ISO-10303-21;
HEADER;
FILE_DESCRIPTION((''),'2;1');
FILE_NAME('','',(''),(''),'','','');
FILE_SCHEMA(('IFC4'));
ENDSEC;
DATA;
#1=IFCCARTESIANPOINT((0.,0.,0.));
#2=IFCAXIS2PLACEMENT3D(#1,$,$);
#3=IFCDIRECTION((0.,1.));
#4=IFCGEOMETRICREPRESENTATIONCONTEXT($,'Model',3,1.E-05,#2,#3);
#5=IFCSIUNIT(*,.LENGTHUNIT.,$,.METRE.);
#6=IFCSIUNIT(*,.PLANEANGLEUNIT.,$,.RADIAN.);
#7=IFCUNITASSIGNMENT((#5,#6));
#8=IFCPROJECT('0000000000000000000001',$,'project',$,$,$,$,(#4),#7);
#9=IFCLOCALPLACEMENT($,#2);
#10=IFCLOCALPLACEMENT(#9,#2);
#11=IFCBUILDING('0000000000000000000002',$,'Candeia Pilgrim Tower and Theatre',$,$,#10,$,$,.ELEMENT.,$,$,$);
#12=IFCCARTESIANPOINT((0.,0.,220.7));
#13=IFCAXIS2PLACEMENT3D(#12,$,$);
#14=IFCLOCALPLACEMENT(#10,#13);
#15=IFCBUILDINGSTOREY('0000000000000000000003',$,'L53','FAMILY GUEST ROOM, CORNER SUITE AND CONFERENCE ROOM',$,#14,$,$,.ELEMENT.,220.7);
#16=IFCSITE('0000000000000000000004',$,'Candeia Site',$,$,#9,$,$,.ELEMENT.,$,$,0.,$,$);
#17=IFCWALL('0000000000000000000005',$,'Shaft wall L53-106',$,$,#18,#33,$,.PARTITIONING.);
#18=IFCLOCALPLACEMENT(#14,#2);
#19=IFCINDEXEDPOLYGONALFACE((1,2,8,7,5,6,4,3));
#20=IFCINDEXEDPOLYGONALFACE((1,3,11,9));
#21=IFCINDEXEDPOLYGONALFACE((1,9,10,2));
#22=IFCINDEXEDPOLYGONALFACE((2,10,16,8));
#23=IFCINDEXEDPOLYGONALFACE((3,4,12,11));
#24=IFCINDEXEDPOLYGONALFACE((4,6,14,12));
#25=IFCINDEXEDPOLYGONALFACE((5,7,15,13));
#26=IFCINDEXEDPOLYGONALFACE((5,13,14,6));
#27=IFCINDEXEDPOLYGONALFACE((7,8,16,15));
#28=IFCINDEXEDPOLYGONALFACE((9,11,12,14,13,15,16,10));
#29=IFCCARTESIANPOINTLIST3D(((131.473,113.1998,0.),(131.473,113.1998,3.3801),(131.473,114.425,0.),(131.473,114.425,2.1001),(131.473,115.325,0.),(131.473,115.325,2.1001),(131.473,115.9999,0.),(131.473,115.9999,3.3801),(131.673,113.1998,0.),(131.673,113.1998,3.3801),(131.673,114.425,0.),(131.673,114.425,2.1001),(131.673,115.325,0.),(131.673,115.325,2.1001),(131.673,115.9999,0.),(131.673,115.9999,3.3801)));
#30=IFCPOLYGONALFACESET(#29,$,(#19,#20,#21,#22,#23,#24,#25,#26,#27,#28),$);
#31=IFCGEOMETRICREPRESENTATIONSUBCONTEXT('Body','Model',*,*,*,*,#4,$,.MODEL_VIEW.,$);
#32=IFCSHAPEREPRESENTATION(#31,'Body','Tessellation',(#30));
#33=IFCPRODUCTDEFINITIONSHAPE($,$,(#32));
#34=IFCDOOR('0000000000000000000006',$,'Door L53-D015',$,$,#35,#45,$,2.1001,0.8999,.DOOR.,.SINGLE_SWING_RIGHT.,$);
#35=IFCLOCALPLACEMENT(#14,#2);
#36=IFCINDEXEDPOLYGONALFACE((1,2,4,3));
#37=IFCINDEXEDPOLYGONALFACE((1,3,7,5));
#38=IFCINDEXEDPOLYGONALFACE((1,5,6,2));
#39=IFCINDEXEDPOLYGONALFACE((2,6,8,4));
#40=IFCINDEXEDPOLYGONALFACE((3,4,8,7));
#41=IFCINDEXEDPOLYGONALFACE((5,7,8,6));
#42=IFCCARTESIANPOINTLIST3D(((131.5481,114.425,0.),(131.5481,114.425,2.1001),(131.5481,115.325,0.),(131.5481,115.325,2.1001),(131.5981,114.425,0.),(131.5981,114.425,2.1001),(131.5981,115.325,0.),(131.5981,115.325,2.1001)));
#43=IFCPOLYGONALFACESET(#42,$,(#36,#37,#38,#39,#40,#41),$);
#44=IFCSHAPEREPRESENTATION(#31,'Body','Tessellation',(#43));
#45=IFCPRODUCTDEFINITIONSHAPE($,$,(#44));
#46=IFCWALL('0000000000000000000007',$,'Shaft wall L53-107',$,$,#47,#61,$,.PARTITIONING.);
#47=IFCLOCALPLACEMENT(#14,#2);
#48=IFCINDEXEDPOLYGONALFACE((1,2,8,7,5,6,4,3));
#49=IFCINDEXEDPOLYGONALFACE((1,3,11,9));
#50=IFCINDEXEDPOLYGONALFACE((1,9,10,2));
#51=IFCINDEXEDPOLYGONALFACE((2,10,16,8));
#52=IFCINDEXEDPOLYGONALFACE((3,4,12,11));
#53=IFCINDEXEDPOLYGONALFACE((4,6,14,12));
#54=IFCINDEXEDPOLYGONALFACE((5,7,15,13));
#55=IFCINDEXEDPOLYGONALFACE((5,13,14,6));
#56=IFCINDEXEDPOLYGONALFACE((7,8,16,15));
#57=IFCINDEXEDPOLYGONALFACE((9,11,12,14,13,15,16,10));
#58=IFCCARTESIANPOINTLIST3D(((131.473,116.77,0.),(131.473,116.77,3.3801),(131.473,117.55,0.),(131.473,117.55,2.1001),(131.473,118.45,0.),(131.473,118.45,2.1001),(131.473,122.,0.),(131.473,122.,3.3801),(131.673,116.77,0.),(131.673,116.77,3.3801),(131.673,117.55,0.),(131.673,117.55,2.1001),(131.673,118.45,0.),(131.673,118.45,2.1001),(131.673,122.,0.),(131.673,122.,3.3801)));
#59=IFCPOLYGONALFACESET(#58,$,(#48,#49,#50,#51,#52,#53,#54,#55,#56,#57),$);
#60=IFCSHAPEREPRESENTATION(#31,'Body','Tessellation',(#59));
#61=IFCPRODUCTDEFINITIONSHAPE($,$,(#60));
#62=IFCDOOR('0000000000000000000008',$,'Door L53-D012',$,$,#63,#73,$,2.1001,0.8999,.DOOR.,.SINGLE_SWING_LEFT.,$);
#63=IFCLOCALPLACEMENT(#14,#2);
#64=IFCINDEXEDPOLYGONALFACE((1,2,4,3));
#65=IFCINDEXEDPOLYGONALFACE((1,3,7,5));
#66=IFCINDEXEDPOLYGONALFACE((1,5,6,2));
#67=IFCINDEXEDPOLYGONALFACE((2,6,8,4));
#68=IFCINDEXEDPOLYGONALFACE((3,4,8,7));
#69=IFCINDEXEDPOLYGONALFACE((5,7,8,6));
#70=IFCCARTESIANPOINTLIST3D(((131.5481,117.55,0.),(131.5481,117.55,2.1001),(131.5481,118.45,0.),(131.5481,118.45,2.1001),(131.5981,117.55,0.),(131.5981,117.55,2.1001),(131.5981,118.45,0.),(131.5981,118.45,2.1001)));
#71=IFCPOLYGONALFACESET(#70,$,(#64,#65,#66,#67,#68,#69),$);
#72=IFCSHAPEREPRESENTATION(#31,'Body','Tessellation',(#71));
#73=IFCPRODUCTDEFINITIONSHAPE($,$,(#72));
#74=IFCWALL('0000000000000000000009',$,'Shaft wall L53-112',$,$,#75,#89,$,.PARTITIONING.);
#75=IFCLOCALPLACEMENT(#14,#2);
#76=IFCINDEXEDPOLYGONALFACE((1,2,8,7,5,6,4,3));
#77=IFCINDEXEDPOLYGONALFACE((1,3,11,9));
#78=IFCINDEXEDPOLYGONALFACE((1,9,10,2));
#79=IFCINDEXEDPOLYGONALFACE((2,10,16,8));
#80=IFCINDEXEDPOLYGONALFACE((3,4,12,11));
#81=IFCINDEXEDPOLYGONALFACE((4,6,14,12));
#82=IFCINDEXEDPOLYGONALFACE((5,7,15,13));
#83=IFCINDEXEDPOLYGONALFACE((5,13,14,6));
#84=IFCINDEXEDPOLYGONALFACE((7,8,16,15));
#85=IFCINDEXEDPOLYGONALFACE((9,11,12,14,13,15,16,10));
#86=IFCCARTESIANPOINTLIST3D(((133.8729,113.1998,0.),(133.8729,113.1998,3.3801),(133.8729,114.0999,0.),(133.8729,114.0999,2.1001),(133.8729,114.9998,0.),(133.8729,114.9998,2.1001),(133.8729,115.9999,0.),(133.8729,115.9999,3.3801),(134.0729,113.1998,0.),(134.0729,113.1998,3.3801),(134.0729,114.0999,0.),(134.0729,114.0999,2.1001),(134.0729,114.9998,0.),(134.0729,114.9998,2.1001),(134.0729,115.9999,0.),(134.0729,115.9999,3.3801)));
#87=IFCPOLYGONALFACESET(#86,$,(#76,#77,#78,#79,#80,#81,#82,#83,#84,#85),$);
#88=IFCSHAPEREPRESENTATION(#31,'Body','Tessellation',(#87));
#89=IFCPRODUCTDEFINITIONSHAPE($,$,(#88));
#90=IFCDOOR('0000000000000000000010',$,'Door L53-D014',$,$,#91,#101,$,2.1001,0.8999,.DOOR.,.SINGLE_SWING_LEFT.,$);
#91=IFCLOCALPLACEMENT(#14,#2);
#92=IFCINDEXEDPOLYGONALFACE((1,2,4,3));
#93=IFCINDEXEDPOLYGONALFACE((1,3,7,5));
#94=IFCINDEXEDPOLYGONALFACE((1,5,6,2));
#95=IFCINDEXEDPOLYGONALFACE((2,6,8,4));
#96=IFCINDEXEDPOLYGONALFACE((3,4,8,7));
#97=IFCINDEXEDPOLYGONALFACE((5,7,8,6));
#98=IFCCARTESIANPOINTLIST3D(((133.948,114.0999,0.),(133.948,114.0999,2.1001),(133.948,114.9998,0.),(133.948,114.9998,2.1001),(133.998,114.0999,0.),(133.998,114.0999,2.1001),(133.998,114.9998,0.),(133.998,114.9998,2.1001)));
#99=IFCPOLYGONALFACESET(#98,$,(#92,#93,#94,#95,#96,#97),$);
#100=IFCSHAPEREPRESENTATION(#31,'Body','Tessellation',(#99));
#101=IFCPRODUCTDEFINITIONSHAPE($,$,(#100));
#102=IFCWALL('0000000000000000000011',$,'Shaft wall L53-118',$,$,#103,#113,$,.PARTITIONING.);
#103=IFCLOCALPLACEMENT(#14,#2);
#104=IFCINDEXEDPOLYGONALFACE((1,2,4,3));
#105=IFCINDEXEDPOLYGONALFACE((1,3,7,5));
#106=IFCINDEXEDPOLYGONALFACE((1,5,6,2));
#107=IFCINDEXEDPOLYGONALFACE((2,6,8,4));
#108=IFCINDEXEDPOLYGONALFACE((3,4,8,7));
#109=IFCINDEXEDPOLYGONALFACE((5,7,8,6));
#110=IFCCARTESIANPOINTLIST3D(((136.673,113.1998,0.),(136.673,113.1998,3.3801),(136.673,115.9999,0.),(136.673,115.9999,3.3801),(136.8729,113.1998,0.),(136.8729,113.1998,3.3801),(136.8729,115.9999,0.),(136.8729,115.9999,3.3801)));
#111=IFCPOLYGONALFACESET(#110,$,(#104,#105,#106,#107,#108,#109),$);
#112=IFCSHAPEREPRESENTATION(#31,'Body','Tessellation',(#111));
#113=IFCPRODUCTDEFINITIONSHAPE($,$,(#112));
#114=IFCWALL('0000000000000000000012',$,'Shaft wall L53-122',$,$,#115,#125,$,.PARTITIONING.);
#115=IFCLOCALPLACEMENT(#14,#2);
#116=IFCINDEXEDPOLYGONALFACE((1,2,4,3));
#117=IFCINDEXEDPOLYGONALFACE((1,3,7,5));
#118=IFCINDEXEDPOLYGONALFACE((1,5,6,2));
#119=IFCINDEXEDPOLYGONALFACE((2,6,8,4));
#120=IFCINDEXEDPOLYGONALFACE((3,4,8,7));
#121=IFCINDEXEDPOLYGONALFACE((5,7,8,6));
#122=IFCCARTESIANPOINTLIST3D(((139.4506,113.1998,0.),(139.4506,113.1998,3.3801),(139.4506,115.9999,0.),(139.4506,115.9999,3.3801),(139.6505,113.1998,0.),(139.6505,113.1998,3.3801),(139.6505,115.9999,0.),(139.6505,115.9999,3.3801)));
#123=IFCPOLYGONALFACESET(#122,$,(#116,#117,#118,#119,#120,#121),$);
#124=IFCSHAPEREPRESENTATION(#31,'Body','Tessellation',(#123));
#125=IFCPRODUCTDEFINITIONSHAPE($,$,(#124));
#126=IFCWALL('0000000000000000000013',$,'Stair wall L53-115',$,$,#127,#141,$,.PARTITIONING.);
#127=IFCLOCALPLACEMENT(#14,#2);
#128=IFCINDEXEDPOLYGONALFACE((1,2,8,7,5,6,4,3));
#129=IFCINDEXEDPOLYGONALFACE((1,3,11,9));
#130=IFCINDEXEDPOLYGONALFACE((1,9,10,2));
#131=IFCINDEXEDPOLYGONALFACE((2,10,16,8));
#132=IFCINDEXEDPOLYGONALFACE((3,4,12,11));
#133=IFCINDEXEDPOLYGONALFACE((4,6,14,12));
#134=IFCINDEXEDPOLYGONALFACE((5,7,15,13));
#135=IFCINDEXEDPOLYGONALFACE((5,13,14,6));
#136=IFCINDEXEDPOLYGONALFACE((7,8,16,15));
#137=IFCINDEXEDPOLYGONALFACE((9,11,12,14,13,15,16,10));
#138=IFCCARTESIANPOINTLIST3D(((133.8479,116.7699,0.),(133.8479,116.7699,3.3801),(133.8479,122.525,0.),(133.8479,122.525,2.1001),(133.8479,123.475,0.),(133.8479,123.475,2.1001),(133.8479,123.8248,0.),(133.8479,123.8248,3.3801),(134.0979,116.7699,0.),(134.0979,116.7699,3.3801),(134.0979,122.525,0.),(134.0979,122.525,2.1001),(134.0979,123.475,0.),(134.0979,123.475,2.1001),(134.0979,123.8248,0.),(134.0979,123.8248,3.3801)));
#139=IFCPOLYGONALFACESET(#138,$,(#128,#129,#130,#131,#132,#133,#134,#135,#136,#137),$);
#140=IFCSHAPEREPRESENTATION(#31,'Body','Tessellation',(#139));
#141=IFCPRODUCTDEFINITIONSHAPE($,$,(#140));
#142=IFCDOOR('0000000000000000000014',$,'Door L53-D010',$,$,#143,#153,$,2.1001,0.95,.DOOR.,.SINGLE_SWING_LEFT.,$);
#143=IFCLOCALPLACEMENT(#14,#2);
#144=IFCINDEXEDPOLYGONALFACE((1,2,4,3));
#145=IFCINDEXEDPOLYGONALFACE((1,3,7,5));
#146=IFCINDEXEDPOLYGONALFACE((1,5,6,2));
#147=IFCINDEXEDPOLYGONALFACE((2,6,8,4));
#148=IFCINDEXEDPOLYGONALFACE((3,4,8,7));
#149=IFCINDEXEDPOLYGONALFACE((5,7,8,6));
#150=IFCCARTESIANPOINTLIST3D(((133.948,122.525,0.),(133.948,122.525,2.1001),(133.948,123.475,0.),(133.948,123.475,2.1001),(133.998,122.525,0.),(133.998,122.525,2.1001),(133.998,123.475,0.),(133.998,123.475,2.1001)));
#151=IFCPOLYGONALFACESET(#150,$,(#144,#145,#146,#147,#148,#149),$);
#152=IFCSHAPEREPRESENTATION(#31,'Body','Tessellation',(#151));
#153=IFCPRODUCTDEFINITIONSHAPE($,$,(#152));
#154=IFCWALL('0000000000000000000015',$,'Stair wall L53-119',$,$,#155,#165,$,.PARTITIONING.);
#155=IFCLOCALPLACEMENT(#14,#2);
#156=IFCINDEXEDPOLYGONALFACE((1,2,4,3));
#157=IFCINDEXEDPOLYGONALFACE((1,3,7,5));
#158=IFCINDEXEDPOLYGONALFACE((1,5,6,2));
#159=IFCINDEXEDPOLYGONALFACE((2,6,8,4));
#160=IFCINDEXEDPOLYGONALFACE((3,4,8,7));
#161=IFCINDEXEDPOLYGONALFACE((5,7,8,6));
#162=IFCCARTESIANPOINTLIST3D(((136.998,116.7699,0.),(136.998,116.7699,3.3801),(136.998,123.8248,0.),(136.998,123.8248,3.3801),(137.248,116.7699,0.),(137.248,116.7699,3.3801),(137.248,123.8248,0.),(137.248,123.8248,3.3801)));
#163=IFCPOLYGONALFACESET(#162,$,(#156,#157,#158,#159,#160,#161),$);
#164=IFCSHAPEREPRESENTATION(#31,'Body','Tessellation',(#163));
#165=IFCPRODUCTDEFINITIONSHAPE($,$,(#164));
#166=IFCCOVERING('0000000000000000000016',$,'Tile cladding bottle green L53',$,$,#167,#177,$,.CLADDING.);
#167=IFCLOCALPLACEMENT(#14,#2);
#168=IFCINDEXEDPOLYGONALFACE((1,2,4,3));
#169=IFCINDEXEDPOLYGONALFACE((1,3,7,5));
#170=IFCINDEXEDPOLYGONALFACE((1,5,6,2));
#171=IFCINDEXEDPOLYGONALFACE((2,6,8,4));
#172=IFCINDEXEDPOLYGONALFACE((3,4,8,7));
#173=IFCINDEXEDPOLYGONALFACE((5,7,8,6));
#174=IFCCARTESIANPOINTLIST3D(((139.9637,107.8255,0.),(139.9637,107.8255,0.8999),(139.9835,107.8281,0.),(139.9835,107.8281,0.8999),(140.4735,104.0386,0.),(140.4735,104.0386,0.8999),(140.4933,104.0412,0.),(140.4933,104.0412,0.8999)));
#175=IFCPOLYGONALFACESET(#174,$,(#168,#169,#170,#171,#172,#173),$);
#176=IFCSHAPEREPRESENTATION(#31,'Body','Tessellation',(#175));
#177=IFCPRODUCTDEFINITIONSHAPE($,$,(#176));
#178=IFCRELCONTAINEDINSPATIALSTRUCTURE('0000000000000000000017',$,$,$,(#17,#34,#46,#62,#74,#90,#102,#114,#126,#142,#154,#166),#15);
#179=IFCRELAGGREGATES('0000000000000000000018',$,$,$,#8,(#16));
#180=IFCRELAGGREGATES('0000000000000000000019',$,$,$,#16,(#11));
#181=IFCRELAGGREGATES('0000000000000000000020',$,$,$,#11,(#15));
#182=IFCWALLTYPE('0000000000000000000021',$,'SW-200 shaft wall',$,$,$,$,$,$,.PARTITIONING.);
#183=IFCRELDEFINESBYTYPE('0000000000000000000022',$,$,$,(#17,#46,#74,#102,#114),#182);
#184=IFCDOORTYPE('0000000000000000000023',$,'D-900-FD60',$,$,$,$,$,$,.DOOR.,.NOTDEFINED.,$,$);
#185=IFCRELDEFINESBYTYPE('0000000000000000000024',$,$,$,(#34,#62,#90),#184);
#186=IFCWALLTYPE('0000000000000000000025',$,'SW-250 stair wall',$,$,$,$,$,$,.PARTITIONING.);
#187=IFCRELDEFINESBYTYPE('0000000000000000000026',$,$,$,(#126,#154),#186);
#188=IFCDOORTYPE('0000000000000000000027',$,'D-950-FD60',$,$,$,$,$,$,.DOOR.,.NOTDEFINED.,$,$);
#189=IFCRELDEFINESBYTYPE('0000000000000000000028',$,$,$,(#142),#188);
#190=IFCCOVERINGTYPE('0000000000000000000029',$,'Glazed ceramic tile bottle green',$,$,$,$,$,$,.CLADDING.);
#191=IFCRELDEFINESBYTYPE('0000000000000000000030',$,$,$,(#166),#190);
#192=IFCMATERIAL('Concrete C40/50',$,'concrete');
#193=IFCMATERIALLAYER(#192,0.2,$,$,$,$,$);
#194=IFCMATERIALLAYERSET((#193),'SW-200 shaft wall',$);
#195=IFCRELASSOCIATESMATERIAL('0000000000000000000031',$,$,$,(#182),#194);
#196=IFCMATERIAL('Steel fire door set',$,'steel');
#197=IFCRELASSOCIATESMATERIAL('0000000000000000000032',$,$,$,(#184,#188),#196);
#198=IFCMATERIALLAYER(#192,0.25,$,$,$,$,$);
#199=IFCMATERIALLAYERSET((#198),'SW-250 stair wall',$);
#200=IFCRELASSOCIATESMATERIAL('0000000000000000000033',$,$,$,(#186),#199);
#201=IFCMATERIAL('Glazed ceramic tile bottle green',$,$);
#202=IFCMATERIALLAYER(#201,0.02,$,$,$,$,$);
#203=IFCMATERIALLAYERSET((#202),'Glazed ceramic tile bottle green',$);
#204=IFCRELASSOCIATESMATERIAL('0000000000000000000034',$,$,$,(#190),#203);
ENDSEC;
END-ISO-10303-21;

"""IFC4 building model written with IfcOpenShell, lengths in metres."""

from ifc_helpers import new_model, si_unit, direction, frame, frame_2d, origin, origin_2d, place, context, subcontext, project, spatial, rectangle, extrude, material, layer, layer_set, type_object, element, fill, save


model = new_model("IFC4")

# Units and contexts
model_context = context("Model", 3, precision=1e-05, world=origin(), true_north=direction((0.0, 1.0)))
body_context = subcontext(model_context, "Body", "Model", "MODEL_VIEW")
ifc_project = project(units=[si_unit("LENGTHUNIT", "METRE"), si_unit("PLANEANGLEUNIT", "RADIAN")], contexts=[model_context])

# Site, building, storey
site_placement = place(None, origin())
site = spatial("IfcSite", under=ifc_project, at=site_placement, Name="Candeia Site", CompositionType="ELEMENT", RefElevation=0.0)
building_placement = place(site_placement, origin())
building = spatial("IfcBuilding", under=site, at=building_placement, Name="Candeia Pilgrim Tower and Theatre", CompositionType="ELEMENT")
storey_placement = place(building_placement, frame((0.0, 0.0, 220.7)))
storey = spatial("IfcBuildingStorey", under=building, at=storey_placement, Name="L53", Description="FAMILY GUEST ROOM, CORNER SUITE AND CONFERENCE ROOM", CompositionType="ELEMENT", Elevation=220.7)

# Shared definitions
ifc_material_1 = material(Name="Steel fire door set", Category="steel")

# Walls, openings, doors
ifc_material_2 = material(Name="Concrete C40/50", Category="concrete")
ifc_layer_1 = layer(ifc_material_2, 0.2)
ifc_layer_set_1 = layer_set([ifc_layer_1], Name="SW-200 shaft wall")
wall_type_1 = type_object("IfcWallType", Name="SW-200 shaft wall", PredefinedType="PARTITIONING", material=ifc_layer_set_1)
door_type_1 = type_object("IfcDoorType", Name="D-900-FD60", OperationType="NOTDEFINED", PredefinedType="DOOR", material=ifc_material_1)
wall_1_placement = place(storey_placement, frame((131.573, 113.2, 0.0), z_axis=(0.0, 0.0, 1.0), x_axis=(0.0, 1.0, 0.0)))
wall_1 = element("IfcWall", 1, at=wall_1_placement, inside=storey, type_object=wall_type_1, Name="Shaft wall L53-106", PredefinedType="PARTITIONING", context=body_context, shape_type="SweptSolid", body=[
    extrude(rectangle(XDim=2.8, YDim=0.2, at=frame_2d((1.3999, 0.0))), origin(), (0.0, 0.0, 1.0), 3.3801),
])
opening_1_placement = place(wall_1_placement, frame((1.2251, 0.0, 0.0)))
opening_1 = element("IfcOpeningElement", 2, at=opening_1_placement, cuts=wall_1, PredefinedType="OPENING", context=body_context, shape_type="SweptSolid", body=[
    extrude(rectangle(XDim=0.8999, YDim=2.1001, at=frame_2d((0.45, 1.05))), frame((0.0, 0.1099, 0.0), z_axis=(0.0, -1.0, 0.0), x_axis=(1.0, 0.0, 0.0)), (0.0, 0.0, 1.0), 0.22),
])
door_1_placement = place(opening_1_placement, origin())
door_1 = element("IfcDoor", 3, at=door_1_placement, inside=storey, type_object=door_type_1, Name="Door L53-D015", OperationType="SINGLE_SWING_RIGHT", OverallHeight=2.1001, OverallWidth=0.8999, PredefinedType="DOOR", context=body_context, shape_type="SweptSolid", body=[
    extrude(rectangle(XDim=0.8999, YDim=2.1001, at=frame_2d((0.45, 1.05))), frame((0.0, 0.0249, 0.0), z_axis=(0.0, -1.0, 0.0), x_axis=(1.0, 0.0, 0.0)), (0.0, 0.0, 1.0), 0.05),
])
fill(opening_1, door_1)
wall_2_placement = place(storey_placement, frame((131.573, 116.77, 0.0), z_axis=(0.0, 0.0, 1.0), x_axis=(0.0, 1.0, 0.0)))
wall_2 = element("IfcWall", 4, at=wall_2_placement, inside=storey, type_object=wall_type_1, Name="Shaft wall L53-107", PredefinedType="PARTITIONING", context=body_context, shape_type="SweptSolid", body=[
    extrude(rectangle(XDim=5.23, YDim=0.2, at=frame_2d((2.615, 0.0))), origin(), (0.0, 0.0, 1.0), 3.3801),
])
opening_2_placement = place(wall_2_placement, frame((0.78, 0.0, 0.0)))
opening_2 = element("IfcOpeningElement", 5, at=opening_2_placement, cuts=wall_2, PredefinedType="OPENING", context=body_context, shape_type="SweptSolid", body=[
    extrude(rectangle(XDim=0.8999, YDim=2.1001, at=frame_2d((0.45, 1.05))), frame((0.0, 0.1099, 0.0), z_axis=(0.0, -1.0, 0.0), x_axis=(1.0, 0.0, 0.0)), (0.0, 0.0, 1.0), 0.22),
])
door_2_placement = place(opening_2_placement, origin())
door_2 = element("IfcDoor", 6, at=door_2_placement, inside=storey, type_object=door_type_1, Name="Door L53-D012", OperationType="SINGLE_SWING_LEFT", OverallHeight=2.1001, OverallWidth=0.8999, PredefinedType="DOOR", context=body_context, shape_type="SweptSolid", body=[
    extrude(rectangle(XDim=0.8999, YDim=2.1001, at=frame_2d((0.45, 1.05))), frame((0.0, 0.0249, 0.0), z_axis=(0.0, -1.0, 0.0), x_axis=(1.0, 0.0, 0.0)), (0.0, 0.0, 1.0), 0.05),
])
fill(opening_2, door_2)
wall_3_placement = place(storey_placement, frame((133.9729, 113.2, 0.0), z_axis=(0.0, 0.0, 1.0), x_axis=(0.0, 1.0, 0.0)))
wall_3 = element("IfcWall", 7, at=wall_3_placement, inside=storey, type_object=wall_type_1, Name="Shaft wall L53-112", PredefinedType="PARTITIONING", context=body_context, shape_type="SweptSolid", body=[
    extrude(rectangle(XDim=2.8, YDim=0.2, at=frame_2d((1.3999, 0.0))), origin(), (0.0, 0.0, 1.0), 3.3801),
])
opening_3_placement = place(wall_3_placement, frame((0.8999, 0.0, 0.0)))
opening_3 = element("IfcOpeningElement", 8, at=opening_3_placement, cuts=wall_3, PredefinedType="OPENING", context=body_context, shape_type="SweptSolid", body=[
    extrude(rectangle(XDim=0.8999, YDim=2.1001, at=frame_2d((0.45, 1.05))), frame((0.0, 0.1099, 0.0), z_axis=(0.0, -1.0, 0.0), x_axis=(1.0, 0.0, 0.0)), (0.0, 0.0, 1.0), 0.22),
])
door_3_placement = place(opening_3_placement, origin())
door_3 = element("IfcDoor", 9, at=door_3_placement, inside=storey, type_object=door_type_1, Name="Door L53-D014", OperationType="SINGLE_SWING_LEFT", OverallHeight=2.1001, OverallWidth=0.8999, PredefinedType="DOOR", context=body_context, shape_type="SweptSolid", body=[
    extrude(rectangle(XDim=0.8999, YDim=2.1001, at=frame_2d((0.45, 1.05))), frame((0.0, 0.0249, 0.0), z_axis=(0.0, -1.0, 0.0), x_axis=(1.0, 0.0, 0.0)), (0.0, 0.0, 1.0), 0.05),
])
fill(opening_3, door_3)

# Walls
for number, where, z_axis, x_axis, name in (
    (10, (136.7729, 113.2, 0.0), (0.0, 0.0, 1.0), (0.0, 1.0, 0.0), "Shaft wall L53-118"),
    (11, (139.5505, 113.2, 0.0), (0.0, 0.0, 1.0), (0.0, 1.0, 0.0), "Shaft wall L53-122"),
):
    element("IfcWall", number, at=place(storey_placement, frame(where, z_axis=z_axis, x_axis=x_axis)), inside=storey, type_object=wall_type_1, Name=name, PredefinedType="PARTITIONING", context=body_context, shape_type="SweptSolid", body=[
        extrude(rectangle(XDim=2.8, YDim=0.2, at=frame_2d((1.3999, 0.0))), origin(), (0.0, 0.0, 1.0), 3.3801),
    ])

# Wall, opening, door
ifc_layer_2 = layer(ifc_material_2, 0.25)
ifc_layer_set_2 = layer_set([ifc_layer_2], Name="SW-250 stair wall")
wall_type_2 = type_object("IfcWallType", Name="SW-250 stair wall", PredefinedType="PARTITIONING", material=ifc_layer_set_2)
wall_4_placement = place(storey_placement, frame((133.9729, 116.77, 0.0), z_axis=(0.0, 0.0, 1.0), x_axis=(0.0, 1.0, 0.0)))
wall_4 = element("IfcWall", 12, at=wall_4_placement, inside=storey, type_object=wall_type_2, Name="Stair wall L53-115", PredefinedType="PARTITIONING", context=body_context, shape_type="SweptSolid", body=[
    extrude(rectangle(XDim=7.0549, YDim=0.25, at=frame_2d((3.5273, 0.0))), origin(), (0.0, 0.0, 1.0), 3.3801),
])
opening_4_placement = place(wall_4_placement, frame((5.7549, 0.0, 0.0)))
opening_4 = element("IfcOpeningElement", 13, at=opening_4_placement, cuts=wall_4, PredefinedType="OPENING", context=body_context, shape_type="SweptSolid", body=[
    extrude(rectangle(XDim=0.95, YDim=2.1001, at=frame_2d((0.4751, 1.05))), frame((0.0, 0.135, 0.0), z_axis=(0.0, -1.0, 0.0), x_axis=(1.0, 0.0, 0.0)), (0.0, 0.0, 1.0), 0.27),
])
door_type_2 = type_object("IfcDoorType", Name="D-950-FD60", OperationType="NOTDEFINED", PredefinedType="DOOR", material=ifc_material_1)
door_4_placement = place(opening_4_placement, origin())
door_4 = element("IfcDoor", 14, at=door_4_placement, inside=storey, type_object=door_type_2, Name="Door L53-D010", OperationType="SINGLE_SWING_LEFT", OverallHeight=2.1001, OverallWidth=0.95, PredefinedType="DOOR", context=body_context, shape_type="SweptSolid", body=[
    extrude(rectangle(XDim=0.95, YDim=2.1001, at=frame_2d((0.4751, 1.05))), frame((0.0, 0.0249, 0.0), z_axis=(0.0, -1.0, 0.0), x_axis=(1.0, 0.0, 0.0)), (0.0, 0.0, 1.0), 0.05),
])
fill(opening_4, door_4)

# Wall
wall_5_placement = place(storey_placement, frame((137.123, 116.77, 0.0), z_axis=(0.0, 0.0, 1.0), x_axis=(0.0, 1.0, 0.0)))
element("IfcWall", 15, at=wall_5_placement, inside=storey, type_object=wall_type_2, Name="Stair wall L53-119", PredefinedType="PARTITIONING", context=body_context, shape_type="SweptSolid", body=[
    extrude(rectangle(XDim=7.0549, YDim=0.25, at=frame_2d((3.5273, 0.0))), origin(), (0.0, 0.0, 1.0), 3.3801),
])

# Covering
ifc_material_3 = material(Name="Glazed ceramic tile bottle green")
ifc_layer_3 = layer(ifc_material_3, 0.02)
ifc_layer_set_3 = layer_set([ifc_layer_3], Name="Glazed ceramic tile bottle green")
covering_type = type_object("IfcCoveringType", Name="Glazed ceramic tile bottle green", PredefinedType="CLADDING", material=ifc_layer_set_3)
covering_1_placement = place(storey_placement, frame((140.2285, 105.9333, 0.0), z_axis=(0.0, 0.0, 1.0), x_axis=(-0.133412, 0.991061, 0.0)))
element("IfcCovering", 16, at=covering_1_placement, inside=storey, type_object=covering_type, Name="Tile cladding bottle green L53", PredefinedType="CLADDING", context=body_context, shape_type="SweptSolid", body=[
    extrude(rectangle(XDim=3.821, YDim=0.02, at=origin_2d()), origin(), (0.0, 0.0, 1.0), 0.8999),
])

save(model, "model.ifc")
